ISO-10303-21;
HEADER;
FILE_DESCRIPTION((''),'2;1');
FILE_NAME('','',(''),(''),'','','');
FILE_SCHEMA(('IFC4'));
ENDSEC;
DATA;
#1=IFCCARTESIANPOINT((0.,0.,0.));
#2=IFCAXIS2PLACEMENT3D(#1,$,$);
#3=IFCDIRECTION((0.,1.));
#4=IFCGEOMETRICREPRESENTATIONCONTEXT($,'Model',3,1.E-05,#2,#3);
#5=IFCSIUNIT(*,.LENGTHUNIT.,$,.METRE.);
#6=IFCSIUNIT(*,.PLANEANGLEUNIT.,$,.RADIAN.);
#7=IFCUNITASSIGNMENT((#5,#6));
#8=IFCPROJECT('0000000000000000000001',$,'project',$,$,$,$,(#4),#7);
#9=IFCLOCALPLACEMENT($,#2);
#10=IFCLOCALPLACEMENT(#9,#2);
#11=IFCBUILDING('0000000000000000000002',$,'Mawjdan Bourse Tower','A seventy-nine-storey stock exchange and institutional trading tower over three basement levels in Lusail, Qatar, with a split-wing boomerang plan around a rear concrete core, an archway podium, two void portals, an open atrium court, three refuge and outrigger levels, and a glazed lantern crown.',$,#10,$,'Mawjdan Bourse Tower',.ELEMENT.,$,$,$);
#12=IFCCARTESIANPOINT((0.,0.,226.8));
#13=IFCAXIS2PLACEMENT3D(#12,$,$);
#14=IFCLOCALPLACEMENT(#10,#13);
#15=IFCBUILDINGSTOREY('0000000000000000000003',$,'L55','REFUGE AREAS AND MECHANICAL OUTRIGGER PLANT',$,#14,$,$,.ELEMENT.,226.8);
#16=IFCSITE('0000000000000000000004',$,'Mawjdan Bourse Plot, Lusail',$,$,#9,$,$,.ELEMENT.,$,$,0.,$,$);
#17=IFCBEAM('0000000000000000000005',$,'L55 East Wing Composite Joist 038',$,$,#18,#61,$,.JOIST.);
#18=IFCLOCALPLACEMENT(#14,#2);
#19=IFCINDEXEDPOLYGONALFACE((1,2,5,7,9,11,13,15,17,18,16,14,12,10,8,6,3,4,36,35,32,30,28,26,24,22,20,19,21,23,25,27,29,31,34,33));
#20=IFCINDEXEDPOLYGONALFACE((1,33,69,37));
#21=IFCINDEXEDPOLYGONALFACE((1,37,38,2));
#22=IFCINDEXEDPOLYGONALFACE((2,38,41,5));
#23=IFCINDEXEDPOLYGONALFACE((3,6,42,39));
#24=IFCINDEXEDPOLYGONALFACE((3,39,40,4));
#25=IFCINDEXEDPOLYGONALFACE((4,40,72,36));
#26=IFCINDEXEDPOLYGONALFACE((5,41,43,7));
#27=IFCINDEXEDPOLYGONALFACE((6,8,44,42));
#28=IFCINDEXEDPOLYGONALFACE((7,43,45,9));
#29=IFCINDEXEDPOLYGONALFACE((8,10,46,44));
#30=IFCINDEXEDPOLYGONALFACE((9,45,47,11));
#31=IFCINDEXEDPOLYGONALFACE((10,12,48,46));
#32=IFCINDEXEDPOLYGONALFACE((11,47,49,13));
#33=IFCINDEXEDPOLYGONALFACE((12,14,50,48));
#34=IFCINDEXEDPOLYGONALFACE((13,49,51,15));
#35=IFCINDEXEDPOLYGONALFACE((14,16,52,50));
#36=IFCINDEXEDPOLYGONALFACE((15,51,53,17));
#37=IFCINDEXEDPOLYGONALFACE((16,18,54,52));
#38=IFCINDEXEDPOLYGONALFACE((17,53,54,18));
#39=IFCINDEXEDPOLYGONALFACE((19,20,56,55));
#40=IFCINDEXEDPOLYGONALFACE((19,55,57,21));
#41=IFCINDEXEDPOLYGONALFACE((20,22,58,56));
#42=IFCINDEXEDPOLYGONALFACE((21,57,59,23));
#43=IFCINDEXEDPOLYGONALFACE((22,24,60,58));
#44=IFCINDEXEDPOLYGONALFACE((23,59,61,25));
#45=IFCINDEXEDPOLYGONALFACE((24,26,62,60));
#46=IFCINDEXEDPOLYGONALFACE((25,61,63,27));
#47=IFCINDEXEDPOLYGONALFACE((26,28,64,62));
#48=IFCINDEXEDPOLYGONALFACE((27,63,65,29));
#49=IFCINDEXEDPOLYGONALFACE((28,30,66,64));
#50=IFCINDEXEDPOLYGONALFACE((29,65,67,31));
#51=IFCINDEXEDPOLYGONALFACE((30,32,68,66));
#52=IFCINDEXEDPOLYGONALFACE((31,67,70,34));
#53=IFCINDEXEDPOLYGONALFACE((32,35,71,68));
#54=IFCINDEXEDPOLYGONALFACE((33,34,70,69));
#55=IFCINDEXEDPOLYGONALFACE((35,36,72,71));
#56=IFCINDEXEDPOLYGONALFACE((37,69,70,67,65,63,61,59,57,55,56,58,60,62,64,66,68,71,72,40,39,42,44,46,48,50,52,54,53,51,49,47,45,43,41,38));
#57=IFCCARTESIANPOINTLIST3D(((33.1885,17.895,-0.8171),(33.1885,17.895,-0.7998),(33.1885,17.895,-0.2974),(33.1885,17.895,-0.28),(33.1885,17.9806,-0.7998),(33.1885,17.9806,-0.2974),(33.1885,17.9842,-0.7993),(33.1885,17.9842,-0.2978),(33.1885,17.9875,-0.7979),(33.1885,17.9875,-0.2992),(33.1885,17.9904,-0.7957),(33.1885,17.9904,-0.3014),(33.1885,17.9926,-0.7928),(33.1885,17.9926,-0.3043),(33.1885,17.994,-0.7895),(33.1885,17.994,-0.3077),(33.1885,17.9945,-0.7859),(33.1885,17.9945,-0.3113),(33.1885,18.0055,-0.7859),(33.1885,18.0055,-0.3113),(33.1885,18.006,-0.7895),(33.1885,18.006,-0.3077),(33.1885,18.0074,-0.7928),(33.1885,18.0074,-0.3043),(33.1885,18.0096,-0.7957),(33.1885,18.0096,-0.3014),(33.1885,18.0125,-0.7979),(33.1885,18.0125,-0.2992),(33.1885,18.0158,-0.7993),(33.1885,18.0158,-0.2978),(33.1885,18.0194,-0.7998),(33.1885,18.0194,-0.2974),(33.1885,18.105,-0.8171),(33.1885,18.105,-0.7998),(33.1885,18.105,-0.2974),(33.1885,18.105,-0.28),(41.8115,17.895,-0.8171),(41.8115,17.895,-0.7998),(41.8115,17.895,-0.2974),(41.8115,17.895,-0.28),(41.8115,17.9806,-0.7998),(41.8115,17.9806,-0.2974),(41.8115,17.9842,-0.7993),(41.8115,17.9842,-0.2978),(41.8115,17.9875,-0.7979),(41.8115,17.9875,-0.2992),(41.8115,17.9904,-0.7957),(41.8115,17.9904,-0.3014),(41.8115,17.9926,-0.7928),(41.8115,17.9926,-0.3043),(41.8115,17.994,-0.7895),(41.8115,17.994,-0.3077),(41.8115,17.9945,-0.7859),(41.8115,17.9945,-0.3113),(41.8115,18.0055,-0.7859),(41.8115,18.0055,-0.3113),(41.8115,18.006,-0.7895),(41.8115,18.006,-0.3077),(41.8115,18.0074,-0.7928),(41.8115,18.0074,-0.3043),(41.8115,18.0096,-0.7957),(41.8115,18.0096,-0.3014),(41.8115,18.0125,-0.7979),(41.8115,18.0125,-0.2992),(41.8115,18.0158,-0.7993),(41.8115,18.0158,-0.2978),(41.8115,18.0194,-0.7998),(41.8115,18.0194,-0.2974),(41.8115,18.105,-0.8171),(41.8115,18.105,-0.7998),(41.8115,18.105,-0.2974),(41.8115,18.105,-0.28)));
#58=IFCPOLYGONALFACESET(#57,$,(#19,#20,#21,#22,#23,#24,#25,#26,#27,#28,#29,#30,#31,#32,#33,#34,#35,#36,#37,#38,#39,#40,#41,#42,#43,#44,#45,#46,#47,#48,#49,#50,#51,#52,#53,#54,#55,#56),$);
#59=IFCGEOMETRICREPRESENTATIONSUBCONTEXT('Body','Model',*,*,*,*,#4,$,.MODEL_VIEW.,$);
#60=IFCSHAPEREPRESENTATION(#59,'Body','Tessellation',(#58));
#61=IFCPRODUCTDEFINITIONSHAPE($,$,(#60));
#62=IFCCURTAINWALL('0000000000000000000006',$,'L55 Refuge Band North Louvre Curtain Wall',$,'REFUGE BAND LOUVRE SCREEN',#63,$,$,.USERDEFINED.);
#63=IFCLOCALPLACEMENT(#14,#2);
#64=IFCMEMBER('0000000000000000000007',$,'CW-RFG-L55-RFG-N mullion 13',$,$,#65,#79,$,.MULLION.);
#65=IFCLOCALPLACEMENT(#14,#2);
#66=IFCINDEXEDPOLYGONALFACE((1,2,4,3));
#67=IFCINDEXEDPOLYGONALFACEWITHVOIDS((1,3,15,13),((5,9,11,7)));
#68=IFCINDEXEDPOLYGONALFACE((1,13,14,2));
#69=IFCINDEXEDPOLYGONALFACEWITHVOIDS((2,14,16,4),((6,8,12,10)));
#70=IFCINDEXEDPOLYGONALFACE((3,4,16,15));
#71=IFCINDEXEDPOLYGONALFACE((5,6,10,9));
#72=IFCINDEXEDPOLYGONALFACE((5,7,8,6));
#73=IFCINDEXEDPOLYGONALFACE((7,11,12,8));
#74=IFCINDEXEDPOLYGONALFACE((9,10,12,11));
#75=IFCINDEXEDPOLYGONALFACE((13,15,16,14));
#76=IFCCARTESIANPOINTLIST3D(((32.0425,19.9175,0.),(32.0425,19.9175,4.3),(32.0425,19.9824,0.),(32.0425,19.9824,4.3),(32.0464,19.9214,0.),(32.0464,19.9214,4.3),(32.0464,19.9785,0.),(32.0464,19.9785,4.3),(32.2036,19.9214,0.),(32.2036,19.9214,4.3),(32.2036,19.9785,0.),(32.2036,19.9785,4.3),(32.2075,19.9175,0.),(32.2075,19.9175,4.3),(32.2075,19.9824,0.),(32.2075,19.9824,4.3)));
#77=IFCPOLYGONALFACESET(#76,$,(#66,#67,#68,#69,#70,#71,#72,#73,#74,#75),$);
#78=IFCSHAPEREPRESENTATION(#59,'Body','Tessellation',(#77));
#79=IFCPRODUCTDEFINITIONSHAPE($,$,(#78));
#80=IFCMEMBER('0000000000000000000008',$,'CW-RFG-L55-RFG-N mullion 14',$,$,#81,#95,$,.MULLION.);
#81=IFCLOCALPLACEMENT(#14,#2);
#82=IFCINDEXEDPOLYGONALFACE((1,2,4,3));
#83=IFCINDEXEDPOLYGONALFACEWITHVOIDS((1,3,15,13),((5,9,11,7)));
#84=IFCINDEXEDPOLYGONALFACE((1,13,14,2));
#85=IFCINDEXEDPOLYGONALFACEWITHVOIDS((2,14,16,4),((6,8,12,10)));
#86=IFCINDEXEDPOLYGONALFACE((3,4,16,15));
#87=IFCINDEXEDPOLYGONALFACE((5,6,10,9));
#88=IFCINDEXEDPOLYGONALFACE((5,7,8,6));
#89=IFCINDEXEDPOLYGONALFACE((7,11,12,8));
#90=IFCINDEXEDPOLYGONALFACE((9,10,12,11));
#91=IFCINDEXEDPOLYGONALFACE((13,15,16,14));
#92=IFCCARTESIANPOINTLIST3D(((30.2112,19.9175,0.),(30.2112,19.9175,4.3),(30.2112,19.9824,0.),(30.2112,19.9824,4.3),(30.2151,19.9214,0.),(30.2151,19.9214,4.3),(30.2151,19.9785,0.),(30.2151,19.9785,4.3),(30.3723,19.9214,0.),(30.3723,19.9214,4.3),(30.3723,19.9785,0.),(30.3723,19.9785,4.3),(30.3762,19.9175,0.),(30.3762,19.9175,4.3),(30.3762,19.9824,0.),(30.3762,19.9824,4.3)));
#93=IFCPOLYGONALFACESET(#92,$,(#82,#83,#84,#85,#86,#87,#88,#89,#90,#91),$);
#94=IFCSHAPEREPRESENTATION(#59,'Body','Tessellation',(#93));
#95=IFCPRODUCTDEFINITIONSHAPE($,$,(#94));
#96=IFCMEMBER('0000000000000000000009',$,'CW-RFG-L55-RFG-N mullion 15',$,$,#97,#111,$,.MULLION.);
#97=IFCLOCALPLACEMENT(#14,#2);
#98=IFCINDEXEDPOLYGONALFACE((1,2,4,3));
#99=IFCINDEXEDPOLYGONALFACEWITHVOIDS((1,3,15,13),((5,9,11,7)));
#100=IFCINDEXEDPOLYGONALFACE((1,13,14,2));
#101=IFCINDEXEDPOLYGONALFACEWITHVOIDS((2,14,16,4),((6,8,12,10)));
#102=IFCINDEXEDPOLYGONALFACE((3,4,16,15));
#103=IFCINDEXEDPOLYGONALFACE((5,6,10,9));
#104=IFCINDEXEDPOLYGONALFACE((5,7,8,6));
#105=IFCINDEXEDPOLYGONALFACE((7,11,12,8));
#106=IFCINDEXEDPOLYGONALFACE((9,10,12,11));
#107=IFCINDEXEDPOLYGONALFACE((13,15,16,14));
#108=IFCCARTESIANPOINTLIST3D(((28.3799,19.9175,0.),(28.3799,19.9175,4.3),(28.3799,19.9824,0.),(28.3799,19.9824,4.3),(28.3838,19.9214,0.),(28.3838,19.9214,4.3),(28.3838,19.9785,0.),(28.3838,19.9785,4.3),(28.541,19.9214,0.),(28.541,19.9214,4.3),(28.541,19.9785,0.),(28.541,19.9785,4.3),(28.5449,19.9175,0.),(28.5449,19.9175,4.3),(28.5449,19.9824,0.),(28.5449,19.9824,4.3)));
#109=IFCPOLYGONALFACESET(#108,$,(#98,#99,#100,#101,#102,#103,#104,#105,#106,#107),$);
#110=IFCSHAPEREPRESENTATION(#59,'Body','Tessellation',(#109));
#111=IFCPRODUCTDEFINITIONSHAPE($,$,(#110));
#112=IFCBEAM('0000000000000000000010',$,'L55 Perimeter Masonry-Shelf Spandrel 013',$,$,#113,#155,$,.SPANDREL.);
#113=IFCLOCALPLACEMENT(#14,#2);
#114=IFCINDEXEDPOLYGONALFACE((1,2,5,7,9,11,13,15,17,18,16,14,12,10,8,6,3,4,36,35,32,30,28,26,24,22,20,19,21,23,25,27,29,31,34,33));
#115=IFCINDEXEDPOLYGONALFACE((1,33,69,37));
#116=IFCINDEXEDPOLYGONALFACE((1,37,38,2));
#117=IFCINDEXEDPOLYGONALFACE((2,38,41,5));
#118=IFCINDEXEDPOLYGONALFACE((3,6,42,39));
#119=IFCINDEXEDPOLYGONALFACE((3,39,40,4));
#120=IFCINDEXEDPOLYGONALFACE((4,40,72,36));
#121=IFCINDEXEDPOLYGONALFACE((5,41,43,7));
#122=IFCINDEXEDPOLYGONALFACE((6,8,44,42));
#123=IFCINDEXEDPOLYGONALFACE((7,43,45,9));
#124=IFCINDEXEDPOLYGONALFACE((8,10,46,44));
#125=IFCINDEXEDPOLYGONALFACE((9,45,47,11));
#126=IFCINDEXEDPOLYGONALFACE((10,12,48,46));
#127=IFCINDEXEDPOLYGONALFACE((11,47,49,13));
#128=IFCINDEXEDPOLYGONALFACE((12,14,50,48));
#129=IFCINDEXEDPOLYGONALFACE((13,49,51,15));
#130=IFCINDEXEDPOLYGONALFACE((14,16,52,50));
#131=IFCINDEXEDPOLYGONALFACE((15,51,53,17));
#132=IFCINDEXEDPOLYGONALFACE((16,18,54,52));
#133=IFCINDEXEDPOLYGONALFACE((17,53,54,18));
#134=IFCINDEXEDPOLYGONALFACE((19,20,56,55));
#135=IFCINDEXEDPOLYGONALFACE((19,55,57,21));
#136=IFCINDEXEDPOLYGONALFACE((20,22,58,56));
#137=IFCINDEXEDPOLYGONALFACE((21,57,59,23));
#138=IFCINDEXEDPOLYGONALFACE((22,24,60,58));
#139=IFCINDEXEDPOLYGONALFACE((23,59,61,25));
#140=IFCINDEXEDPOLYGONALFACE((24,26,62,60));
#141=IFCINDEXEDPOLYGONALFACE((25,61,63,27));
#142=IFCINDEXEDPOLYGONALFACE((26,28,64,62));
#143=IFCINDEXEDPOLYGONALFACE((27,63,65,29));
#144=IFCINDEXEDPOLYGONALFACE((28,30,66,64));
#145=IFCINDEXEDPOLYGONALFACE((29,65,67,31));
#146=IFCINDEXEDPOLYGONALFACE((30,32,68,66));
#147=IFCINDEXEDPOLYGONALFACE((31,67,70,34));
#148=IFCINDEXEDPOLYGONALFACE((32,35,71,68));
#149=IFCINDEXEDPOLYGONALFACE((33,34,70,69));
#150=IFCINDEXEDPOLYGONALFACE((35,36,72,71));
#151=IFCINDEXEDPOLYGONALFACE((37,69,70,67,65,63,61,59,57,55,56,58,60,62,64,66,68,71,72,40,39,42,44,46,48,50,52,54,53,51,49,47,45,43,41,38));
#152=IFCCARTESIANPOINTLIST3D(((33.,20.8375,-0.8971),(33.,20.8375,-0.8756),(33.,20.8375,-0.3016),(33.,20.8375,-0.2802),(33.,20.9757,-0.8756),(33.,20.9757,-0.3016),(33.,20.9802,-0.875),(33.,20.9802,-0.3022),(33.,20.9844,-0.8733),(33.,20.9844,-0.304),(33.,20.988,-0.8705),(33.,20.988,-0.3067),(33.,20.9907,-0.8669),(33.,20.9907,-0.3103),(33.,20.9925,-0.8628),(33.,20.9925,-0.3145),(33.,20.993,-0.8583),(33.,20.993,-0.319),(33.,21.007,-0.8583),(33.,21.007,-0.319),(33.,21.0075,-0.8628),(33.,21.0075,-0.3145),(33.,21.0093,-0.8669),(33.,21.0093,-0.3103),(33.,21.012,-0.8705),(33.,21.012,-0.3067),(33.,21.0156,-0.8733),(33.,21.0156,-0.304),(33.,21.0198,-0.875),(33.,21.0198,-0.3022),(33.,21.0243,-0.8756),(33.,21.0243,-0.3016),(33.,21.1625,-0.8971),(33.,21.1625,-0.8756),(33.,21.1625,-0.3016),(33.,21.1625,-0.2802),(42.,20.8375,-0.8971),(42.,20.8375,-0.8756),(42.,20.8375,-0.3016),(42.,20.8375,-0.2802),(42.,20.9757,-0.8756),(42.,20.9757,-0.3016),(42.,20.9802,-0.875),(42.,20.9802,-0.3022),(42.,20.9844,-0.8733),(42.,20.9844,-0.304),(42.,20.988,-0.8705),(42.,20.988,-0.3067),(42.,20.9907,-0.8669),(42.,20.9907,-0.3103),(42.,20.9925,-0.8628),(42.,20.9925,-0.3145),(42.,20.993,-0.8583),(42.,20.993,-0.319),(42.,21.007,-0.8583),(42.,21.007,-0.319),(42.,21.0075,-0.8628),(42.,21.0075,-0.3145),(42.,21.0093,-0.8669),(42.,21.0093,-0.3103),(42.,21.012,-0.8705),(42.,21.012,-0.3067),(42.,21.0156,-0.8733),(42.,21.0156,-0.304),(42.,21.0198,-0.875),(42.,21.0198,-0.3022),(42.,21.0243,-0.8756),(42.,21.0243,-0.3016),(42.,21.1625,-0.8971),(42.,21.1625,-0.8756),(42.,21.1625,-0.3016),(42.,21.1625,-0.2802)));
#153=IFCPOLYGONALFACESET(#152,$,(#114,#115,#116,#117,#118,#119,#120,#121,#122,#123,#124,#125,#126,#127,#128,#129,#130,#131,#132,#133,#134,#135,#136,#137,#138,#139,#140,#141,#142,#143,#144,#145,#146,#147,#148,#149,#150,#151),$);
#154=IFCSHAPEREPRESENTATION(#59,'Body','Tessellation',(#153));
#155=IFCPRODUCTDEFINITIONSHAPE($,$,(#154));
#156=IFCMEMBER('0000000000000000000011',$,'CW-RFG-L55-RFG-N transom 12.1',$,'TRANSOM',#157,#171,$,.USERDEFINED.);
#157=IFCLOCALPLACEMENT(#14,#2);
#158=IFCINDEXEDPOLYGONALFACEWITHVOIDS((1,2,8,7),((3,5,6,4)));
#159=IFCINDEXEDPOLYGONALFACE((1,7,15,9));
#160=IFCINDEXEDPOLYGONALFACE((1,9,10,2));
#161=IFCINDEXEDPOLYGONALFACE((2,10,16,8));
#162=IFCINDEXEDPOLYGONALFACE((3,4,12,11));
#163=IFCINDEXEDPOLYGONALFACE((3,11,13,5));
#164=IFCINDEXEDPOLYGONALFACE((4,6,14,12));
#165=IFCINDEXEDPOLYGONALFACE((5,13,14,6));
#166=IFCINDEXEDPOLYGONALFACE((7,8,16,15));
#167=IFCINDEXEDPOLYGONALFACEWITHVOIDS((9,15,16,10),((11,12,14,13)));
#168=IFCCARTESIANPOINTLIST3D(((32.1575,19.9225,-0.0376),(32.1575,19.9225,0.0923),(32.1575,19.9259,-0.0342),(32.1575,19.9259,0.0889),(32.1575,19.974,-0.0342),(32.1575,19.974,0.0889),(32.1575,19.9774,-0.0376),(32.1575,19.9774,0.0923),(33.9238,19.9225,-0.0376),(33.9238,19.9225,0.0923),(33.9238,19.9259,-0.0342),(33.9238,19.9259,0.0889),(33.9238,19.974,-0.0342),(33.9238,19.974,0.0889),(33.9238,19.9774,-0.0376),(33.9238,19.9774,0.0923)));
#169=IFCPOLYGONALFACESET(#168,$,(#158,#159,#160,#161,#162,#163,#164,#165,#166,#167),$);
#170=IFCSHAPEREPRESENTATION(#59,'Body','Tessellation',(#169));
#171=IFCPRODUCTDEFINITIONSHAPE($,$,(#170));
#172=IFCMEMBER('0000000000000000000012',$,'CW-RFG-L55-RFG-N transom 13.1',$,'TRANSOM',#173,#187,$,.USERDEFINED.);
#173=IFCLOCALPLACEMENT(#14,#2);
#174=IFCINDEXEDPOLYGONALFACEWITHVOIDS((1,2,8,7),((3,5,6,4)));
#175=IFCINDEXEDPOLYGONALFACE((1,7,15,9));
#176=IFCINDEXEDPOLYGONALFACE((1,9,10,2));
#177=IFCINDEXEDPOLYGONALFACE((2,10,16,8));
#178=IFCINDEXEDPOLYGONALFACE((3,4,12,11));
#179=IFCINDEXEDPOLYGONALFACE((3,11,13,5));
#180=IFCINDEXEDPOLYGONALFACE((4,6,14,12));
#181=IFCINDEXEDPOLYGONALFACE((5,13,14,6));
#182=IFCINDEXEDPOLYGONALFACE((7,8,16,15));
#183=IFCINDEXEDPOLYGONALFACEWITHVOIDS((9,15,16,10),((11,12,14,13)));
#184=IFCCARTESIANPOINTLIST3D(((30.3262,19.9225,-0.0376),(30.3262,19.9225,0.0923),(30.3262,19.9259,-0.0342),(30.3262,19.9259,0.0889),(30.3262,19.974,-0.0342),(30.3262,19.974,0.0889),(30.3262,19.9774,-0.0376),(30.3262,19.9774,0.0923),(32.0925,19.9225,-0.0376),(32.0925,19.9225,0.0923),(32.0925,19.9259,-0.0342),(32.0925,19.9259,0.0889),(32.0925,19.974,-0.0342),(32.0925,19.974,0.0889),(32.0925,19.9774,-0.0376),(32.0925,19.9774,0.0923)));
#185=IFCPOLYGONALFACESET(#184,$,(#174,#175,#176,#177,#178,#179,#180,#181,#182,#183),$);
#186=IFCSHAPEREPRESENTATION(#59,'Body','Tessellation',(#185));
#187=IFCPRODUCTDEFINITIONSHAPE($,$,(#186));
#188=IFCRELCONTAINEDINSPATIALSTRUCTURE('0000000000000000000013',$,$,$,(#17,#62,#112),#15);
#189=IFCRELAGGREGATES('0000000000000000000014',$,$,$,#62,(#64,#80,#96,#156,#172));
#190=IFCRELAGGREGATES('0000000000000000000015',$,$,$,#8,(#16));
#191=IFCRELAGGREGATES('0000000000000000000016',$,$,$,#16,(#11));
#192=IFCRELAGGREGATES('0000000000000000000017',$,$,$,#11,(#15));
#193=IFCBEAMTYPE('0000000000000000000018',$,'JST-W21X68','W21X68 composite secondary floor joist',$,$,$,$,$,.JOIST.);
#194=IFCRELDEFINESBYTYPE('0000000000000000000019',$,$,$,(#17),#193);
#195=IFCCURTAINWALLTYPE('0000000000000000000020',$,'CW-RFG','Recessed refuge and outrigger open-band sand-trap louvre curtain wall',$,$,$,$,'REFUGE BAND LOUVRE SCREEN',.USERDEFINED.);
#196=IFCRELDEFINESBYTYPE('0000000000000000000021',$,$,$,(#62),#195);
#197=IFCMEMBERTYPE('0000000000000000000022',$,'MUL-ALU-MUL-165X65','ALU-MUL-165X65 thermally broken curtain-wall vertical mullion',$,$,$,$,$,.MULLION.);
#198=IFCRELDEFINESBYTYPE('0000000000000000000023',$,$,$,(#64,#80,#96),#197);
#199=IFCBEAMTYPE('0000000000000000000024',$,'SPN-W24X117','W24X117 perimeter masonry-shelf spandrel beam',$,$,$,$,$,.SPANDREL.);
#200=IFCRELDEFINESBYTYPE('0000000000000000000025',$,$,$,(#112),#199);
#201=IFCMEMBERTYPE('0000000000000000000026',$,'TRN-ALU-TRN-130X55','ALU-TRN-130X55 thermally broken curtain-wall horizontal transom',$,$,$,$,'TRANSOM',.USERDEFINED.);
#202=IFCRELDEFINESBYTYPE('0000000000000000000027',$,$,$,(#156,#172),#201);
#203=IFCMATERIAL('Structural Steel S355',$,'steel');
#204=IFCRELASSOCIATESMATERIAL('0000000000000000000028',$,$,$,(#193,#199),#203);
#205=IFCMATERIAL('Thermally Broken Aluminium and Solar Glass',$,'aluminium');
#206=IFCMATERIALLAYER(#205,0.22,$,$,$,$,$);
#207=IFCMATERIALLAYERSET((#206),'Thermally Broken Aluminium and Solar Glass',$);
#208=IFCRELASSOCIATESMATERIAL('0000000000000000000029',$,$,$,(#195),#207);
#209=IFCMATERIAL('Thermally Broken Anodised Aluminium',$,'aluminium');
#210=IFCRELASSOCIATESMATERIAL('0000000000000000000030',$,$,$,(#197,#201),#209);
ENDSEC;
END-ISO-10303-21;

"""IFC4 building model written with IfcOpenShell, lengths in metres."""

from ifc_helpers import new_model, si_unit, direction, frame, origin, origin_2d, place, context, subcontext, project, spatial, hollow_rectangle, i_section, extrude, material, layer, layer_set, material_profile, profile_set, type_object, element, aggregate, save


model = new_model("IFC4")

# Units and contexts
model_context = context("Model", 3, precision=1e-05, world=origin(), true_north=direction((0.0, 1.0)))
body_context = subcontext(model_context, "Body", "Model", "MODEL_VIEW")
ifc_project = project(units=[si_unit("LENGTHUNIT", "METRE"), si_unit("PLANEANGLEUNIT", "RADIAN")], contexts=[model_context])

# Site, building, storey
site_placement = place(None, origin())
site = spatial("IfcSite", under=ifc_project, at=site_placement, Name="Mawjdan Bourse Plot, Lusail", CompositionType="ELEMENT", RefElevation=0.0)
building_placement = place(site_placement, origin())
building = spatial("IfcBuilding", under=site, at=building_placement, Name="Mawjdan Bourse Tower", Description="A seventy-nine-storey stock exchange and institutional trading tower over three basement levels in Lusail, Qatar, with a split-wing boomerang plan around a rear concrete core, an archway podium, two void portals, an open atrium court, three refuge and outrigger levels, and a glazed lantern crown.", LongName="Mawjdan Bourse Tower", CompositionType="ELEMENT")
storey_placement = place(building_placement, frame((0.0, 0.0, 226.8)))
storey = spatial("IfcBuildingStorey", under=building, at=storey_placement, Name="L55", Description="REFUGE AREAS AND MECHANICAL OUTRIGGER PLANT", CompositionType="ELEMENT", Elevation=226.8)

# Shared definitions
ifc_material_1 = material(Name="Structural Steel S355", Category="steel")

# Beam
ifc_material_profile_1 = material_profile(ifc_material_1, i_section(OverallWidth=0.21, OverallDepth=0.5371, WebThickness=0.011, FlangeThickness=0.0173, FilletRadius=0.0139, at=origin_2d()), Name="W21X68")
ifc_profile_set_1 = profile_set([ifc_material_profile_1], Name="Structural Steel S355")
beam_type_1 = type_object("IfcBeamType", Name="JST-W21X68", Description="W21X68 composite secondary floor joist", PredefinedType="JOIST", material=ifc_profile_set_1)
for number, where, z_axis, x_axis, name in (
    (1, (33.1885, 18.0, -0.5486), (1.0, 0.0, 0.0), (0.0, 1.0, 0.0), "L55 East Wing Composite Joist 038"),
):
    element("IfcBeam", number, at=place(storey_placement, frame(where, z_axis=z_axis, x_axis=x_axis)), inside=storey, type_object=beam_type_1, Name=name, PredefinedType="JOIST", context=body_context, shape_type="SweptSolid", body=[
        extrude(i_section(OverallWidth=0.21, OverallDepth=0.5371, WebThickness=0.011, FlangeThickness=0.0173, FilletRadius=0.0139, at=origin_2d()), origin(), (0.0, 0.0, 1.0), 8.623),
    ])

# Curtain wall, members
ifc_material_2 = material(Name="Thermally Broken Aluminium and Solar Glass", Category="aluminium")
ifc_layer_1 = layer(ifc_material_2, 0.22)
ifc_layer_set_1 = layer_set([ifc_layer_1], Name="Thermally Broken Aluminium and Solar Glass")
curtain_wall_type = type_object("IfcCurtainWallType", Name="CW-RFG", Description="Recessed refuge and outrigger open-band sand-trap louvre curtain wall", ElementType="REFUGE BAND LOUVRE SCREEN", PredefinedType="USERDEFINED", material=ifc_layer_set_1)
curtain_wall_placement = place(storey_placement, origin())
curtain_wall = element("IfcCurtainWall", 2, at=curtain_wall_placement, inside=storey, type_object=curtain_wall_type, Name="L55 Refuge Band North Louvre Curtain Wall", ObjectType="REFUGE BAND LOUVRE SCREEN", PredefinedType="USERDEFINED")
ifc_material_3 = material(Name="Thermally Broken Anodised Aluminium", Category="aluminium")
ifc_material_profile_2 = material_profile(ifc_material_3, hollow_rectangle(XDim=0.0649, YDim=0.165, WallThickness=0.0039, at=origin_2d()), Name="ALU-MUL-165X65")
ifc_profile_set_2 = profile_set([ifc_material_profile_2], Name="Thermally Broken Anodised Aluminium")
member_type_1 = type_object("IfcMemberType", Name="MUL-ALU-MUL-165X65", Description="ALU-MUL-165X65 thermally broken curtain-wall vertical mullion", PredefinedType="MULLION", material=ifc_profile_set_2)
member_1_placement = place(storey_placement, frame((32.125, 19.95, 0.0), z_axis=(0.0, 0.0, 1.0), x_axis=(0.0, -1.0, 0.0)))
member_1 = element("IfcMember", 3, at=member_1_placement, type_object=member_type_1, Name="CW-RFG-L55-RFG-N mullion 13", PredefinedType="MULLION", context=body_context, shape_type="SweptSolid", body=[
    extrude(hollow_rectangle(XDim=0.0649, YDim=0.165, WallThickness=0.0039, at=origin_2d()), origin(), (0.0, 0.0, 1.0), 4.3),
])
member_2_placement = place(storey_placement, frame((30.2937, 19.95, 0.0), z_axis=(0.0, 0.0, 1.0), x_axis=(0.0, -1.0, 0.0)))
member_2 = element("IfcMember", 4, at=member_2_placement, type_object=member_type_1, Name="CW-RFG-L55-RFG-N mullion 14", PredefinedType="MULLION", context=body_context, shape_type="SweptSolid", body=[
    extrude(hollow_rectangle(XDim=0.0649, YDim=0.165, WallThickness=0.0039, at=origin_2d()), origin(), (0.0, 0.0, 1.0), 4.3),
])
member_3_placement = place(storey_placement, frame((28.4624, 19.95, 0.0), z_axis=(0.0, 0.0, 1.0), x_axis=(0.0, -1.0, 0.0)))
member_3 = element("IfcMember", 5, at=member_3_placement, type_object=member_type_1, Name="CW-RFG-L55-RFG-N mullion 15", PredefinedType="MULLION", context=body_context, shape_type="SweptSolid", body=[
    extrude(hollow_rectangle(XDim=0.0649, YDim=0.165, WallThickness=0.0039, at=origin_2d()), origin(), (0.0, 0.0, 1.0), 4.3),
])

# Beam
ifc_material_profile_3 = material_profile(ifc_material_1, i_section(OverallWidth=0.325, OverallDepth=0.6169, WebThickness=0.0139, FlangeThickness=0.0215, FilletRadius=0.0173, at=origin_2d()), Name="W24X117")
ifc_profile_set_3 = profile_set([ifc_material_profile_3], Name="Structural Steel S355")
beam_type_2 = type_object("IfcBeamType", Name="SPN-W24X117", Description="W24X117 perimeter masonry-shelf spandrel beam", PredefinedType="SPANDREL", material=ifc_profile_set_3)
beam_placement = place(storey_placement, frame((33.0, 21.0, -0.5886), z_axis=(1.0, 0.0, 0.0), x_axis=(0.0, 1.0, 0.0)))
element("IfcBeam", 6, at=beam_placement, inside=storey, type_object=beam_type_2, Name="L55 Perimeter Masonry-Shelf Spandrel 013", PredefinedType="SPANDREL", context=body_context, shape_type="SweptSolid", body=[
    extrude(i_section(OverallWidth=0.325, OverallDepth=0.6169, WebThickness=0.0139, FlangeThickness=0.0215, FilletRadius=0.0173, at=origin_2d()), origin(), (0.0, 0.0, 1.0), 9.0),
])

# Members
ifc_material_profile_4 = material_profile(ifc_material_3, hollow_rectangle(XDim=0.0549, YDim=0.1299, WallThickness=0.0034, at=origin_2d()), Name="ALU-TRN-130X55")
ifc_profile_set_4 = profile_set([ifc_material_profile_4], Name="Thermally Broken Anodised Aluminium")
member_type_2 = type_object("IfcMemberType", Name="TRN-ALU-TRN-130X55", Description="ALU-TRN-130X55 thermally broken curtain-wall horizontal transom", ElementType="TRANSOM", PredefinedType="USERDEFINED", material=ifc_profile_set_4)
member_4_placement = place(storey_placement, frame((33.9238, 19.95, 0.0273), z_axis=(-1.0, 0.0, 0.0), x_axis=(0.0, -1.0, 0.0)))
member_4 = element("IfcMember", 7, at=member_4_placement, type_object=member_type_2, Name="CW-RFG-L55-RFG-N transom 12.1", ObjectType="TRANSOM", PredefinedType="USERDEFINED", context=body_context, shape_type="SweptSolid", body=[
    extrude(hollow_rectangle(XDim=0.0549, YDim=0.1299, WallThickness=0.0034, at=origin_2d()), origin(), (0.0, 0.0, 1.0), 1.7664),
])
member_5_placement = place(storey_placement, frame((32.0925, 19.95, 0.0273), z_axis=(-1.0, 0.0, 0.0), x_axis=(0.0, -1.0, 0.0)))
member_5 = element("IfcMember", 8, at=member_5_placement, type_object=member_type_2, Name="CW-RFG-L55-RFG-N transom 13.1", ObjectType="TRANSOM", PredefinedType="USERDEFINED", context=body_context, shape_type="SweptSolid", body=[
    extrude(hollow_rectangle(XDim=0.0549, YDim=0.1299, WallThickness=0.0034, at=origin_2d()), origin(), (0.0, 0.0, 1.0), 1.7664),
])

aggregate(curtain_wall, [member_1, member_2, member_3, member_4, member_5])

save(model, "model.ifc")
